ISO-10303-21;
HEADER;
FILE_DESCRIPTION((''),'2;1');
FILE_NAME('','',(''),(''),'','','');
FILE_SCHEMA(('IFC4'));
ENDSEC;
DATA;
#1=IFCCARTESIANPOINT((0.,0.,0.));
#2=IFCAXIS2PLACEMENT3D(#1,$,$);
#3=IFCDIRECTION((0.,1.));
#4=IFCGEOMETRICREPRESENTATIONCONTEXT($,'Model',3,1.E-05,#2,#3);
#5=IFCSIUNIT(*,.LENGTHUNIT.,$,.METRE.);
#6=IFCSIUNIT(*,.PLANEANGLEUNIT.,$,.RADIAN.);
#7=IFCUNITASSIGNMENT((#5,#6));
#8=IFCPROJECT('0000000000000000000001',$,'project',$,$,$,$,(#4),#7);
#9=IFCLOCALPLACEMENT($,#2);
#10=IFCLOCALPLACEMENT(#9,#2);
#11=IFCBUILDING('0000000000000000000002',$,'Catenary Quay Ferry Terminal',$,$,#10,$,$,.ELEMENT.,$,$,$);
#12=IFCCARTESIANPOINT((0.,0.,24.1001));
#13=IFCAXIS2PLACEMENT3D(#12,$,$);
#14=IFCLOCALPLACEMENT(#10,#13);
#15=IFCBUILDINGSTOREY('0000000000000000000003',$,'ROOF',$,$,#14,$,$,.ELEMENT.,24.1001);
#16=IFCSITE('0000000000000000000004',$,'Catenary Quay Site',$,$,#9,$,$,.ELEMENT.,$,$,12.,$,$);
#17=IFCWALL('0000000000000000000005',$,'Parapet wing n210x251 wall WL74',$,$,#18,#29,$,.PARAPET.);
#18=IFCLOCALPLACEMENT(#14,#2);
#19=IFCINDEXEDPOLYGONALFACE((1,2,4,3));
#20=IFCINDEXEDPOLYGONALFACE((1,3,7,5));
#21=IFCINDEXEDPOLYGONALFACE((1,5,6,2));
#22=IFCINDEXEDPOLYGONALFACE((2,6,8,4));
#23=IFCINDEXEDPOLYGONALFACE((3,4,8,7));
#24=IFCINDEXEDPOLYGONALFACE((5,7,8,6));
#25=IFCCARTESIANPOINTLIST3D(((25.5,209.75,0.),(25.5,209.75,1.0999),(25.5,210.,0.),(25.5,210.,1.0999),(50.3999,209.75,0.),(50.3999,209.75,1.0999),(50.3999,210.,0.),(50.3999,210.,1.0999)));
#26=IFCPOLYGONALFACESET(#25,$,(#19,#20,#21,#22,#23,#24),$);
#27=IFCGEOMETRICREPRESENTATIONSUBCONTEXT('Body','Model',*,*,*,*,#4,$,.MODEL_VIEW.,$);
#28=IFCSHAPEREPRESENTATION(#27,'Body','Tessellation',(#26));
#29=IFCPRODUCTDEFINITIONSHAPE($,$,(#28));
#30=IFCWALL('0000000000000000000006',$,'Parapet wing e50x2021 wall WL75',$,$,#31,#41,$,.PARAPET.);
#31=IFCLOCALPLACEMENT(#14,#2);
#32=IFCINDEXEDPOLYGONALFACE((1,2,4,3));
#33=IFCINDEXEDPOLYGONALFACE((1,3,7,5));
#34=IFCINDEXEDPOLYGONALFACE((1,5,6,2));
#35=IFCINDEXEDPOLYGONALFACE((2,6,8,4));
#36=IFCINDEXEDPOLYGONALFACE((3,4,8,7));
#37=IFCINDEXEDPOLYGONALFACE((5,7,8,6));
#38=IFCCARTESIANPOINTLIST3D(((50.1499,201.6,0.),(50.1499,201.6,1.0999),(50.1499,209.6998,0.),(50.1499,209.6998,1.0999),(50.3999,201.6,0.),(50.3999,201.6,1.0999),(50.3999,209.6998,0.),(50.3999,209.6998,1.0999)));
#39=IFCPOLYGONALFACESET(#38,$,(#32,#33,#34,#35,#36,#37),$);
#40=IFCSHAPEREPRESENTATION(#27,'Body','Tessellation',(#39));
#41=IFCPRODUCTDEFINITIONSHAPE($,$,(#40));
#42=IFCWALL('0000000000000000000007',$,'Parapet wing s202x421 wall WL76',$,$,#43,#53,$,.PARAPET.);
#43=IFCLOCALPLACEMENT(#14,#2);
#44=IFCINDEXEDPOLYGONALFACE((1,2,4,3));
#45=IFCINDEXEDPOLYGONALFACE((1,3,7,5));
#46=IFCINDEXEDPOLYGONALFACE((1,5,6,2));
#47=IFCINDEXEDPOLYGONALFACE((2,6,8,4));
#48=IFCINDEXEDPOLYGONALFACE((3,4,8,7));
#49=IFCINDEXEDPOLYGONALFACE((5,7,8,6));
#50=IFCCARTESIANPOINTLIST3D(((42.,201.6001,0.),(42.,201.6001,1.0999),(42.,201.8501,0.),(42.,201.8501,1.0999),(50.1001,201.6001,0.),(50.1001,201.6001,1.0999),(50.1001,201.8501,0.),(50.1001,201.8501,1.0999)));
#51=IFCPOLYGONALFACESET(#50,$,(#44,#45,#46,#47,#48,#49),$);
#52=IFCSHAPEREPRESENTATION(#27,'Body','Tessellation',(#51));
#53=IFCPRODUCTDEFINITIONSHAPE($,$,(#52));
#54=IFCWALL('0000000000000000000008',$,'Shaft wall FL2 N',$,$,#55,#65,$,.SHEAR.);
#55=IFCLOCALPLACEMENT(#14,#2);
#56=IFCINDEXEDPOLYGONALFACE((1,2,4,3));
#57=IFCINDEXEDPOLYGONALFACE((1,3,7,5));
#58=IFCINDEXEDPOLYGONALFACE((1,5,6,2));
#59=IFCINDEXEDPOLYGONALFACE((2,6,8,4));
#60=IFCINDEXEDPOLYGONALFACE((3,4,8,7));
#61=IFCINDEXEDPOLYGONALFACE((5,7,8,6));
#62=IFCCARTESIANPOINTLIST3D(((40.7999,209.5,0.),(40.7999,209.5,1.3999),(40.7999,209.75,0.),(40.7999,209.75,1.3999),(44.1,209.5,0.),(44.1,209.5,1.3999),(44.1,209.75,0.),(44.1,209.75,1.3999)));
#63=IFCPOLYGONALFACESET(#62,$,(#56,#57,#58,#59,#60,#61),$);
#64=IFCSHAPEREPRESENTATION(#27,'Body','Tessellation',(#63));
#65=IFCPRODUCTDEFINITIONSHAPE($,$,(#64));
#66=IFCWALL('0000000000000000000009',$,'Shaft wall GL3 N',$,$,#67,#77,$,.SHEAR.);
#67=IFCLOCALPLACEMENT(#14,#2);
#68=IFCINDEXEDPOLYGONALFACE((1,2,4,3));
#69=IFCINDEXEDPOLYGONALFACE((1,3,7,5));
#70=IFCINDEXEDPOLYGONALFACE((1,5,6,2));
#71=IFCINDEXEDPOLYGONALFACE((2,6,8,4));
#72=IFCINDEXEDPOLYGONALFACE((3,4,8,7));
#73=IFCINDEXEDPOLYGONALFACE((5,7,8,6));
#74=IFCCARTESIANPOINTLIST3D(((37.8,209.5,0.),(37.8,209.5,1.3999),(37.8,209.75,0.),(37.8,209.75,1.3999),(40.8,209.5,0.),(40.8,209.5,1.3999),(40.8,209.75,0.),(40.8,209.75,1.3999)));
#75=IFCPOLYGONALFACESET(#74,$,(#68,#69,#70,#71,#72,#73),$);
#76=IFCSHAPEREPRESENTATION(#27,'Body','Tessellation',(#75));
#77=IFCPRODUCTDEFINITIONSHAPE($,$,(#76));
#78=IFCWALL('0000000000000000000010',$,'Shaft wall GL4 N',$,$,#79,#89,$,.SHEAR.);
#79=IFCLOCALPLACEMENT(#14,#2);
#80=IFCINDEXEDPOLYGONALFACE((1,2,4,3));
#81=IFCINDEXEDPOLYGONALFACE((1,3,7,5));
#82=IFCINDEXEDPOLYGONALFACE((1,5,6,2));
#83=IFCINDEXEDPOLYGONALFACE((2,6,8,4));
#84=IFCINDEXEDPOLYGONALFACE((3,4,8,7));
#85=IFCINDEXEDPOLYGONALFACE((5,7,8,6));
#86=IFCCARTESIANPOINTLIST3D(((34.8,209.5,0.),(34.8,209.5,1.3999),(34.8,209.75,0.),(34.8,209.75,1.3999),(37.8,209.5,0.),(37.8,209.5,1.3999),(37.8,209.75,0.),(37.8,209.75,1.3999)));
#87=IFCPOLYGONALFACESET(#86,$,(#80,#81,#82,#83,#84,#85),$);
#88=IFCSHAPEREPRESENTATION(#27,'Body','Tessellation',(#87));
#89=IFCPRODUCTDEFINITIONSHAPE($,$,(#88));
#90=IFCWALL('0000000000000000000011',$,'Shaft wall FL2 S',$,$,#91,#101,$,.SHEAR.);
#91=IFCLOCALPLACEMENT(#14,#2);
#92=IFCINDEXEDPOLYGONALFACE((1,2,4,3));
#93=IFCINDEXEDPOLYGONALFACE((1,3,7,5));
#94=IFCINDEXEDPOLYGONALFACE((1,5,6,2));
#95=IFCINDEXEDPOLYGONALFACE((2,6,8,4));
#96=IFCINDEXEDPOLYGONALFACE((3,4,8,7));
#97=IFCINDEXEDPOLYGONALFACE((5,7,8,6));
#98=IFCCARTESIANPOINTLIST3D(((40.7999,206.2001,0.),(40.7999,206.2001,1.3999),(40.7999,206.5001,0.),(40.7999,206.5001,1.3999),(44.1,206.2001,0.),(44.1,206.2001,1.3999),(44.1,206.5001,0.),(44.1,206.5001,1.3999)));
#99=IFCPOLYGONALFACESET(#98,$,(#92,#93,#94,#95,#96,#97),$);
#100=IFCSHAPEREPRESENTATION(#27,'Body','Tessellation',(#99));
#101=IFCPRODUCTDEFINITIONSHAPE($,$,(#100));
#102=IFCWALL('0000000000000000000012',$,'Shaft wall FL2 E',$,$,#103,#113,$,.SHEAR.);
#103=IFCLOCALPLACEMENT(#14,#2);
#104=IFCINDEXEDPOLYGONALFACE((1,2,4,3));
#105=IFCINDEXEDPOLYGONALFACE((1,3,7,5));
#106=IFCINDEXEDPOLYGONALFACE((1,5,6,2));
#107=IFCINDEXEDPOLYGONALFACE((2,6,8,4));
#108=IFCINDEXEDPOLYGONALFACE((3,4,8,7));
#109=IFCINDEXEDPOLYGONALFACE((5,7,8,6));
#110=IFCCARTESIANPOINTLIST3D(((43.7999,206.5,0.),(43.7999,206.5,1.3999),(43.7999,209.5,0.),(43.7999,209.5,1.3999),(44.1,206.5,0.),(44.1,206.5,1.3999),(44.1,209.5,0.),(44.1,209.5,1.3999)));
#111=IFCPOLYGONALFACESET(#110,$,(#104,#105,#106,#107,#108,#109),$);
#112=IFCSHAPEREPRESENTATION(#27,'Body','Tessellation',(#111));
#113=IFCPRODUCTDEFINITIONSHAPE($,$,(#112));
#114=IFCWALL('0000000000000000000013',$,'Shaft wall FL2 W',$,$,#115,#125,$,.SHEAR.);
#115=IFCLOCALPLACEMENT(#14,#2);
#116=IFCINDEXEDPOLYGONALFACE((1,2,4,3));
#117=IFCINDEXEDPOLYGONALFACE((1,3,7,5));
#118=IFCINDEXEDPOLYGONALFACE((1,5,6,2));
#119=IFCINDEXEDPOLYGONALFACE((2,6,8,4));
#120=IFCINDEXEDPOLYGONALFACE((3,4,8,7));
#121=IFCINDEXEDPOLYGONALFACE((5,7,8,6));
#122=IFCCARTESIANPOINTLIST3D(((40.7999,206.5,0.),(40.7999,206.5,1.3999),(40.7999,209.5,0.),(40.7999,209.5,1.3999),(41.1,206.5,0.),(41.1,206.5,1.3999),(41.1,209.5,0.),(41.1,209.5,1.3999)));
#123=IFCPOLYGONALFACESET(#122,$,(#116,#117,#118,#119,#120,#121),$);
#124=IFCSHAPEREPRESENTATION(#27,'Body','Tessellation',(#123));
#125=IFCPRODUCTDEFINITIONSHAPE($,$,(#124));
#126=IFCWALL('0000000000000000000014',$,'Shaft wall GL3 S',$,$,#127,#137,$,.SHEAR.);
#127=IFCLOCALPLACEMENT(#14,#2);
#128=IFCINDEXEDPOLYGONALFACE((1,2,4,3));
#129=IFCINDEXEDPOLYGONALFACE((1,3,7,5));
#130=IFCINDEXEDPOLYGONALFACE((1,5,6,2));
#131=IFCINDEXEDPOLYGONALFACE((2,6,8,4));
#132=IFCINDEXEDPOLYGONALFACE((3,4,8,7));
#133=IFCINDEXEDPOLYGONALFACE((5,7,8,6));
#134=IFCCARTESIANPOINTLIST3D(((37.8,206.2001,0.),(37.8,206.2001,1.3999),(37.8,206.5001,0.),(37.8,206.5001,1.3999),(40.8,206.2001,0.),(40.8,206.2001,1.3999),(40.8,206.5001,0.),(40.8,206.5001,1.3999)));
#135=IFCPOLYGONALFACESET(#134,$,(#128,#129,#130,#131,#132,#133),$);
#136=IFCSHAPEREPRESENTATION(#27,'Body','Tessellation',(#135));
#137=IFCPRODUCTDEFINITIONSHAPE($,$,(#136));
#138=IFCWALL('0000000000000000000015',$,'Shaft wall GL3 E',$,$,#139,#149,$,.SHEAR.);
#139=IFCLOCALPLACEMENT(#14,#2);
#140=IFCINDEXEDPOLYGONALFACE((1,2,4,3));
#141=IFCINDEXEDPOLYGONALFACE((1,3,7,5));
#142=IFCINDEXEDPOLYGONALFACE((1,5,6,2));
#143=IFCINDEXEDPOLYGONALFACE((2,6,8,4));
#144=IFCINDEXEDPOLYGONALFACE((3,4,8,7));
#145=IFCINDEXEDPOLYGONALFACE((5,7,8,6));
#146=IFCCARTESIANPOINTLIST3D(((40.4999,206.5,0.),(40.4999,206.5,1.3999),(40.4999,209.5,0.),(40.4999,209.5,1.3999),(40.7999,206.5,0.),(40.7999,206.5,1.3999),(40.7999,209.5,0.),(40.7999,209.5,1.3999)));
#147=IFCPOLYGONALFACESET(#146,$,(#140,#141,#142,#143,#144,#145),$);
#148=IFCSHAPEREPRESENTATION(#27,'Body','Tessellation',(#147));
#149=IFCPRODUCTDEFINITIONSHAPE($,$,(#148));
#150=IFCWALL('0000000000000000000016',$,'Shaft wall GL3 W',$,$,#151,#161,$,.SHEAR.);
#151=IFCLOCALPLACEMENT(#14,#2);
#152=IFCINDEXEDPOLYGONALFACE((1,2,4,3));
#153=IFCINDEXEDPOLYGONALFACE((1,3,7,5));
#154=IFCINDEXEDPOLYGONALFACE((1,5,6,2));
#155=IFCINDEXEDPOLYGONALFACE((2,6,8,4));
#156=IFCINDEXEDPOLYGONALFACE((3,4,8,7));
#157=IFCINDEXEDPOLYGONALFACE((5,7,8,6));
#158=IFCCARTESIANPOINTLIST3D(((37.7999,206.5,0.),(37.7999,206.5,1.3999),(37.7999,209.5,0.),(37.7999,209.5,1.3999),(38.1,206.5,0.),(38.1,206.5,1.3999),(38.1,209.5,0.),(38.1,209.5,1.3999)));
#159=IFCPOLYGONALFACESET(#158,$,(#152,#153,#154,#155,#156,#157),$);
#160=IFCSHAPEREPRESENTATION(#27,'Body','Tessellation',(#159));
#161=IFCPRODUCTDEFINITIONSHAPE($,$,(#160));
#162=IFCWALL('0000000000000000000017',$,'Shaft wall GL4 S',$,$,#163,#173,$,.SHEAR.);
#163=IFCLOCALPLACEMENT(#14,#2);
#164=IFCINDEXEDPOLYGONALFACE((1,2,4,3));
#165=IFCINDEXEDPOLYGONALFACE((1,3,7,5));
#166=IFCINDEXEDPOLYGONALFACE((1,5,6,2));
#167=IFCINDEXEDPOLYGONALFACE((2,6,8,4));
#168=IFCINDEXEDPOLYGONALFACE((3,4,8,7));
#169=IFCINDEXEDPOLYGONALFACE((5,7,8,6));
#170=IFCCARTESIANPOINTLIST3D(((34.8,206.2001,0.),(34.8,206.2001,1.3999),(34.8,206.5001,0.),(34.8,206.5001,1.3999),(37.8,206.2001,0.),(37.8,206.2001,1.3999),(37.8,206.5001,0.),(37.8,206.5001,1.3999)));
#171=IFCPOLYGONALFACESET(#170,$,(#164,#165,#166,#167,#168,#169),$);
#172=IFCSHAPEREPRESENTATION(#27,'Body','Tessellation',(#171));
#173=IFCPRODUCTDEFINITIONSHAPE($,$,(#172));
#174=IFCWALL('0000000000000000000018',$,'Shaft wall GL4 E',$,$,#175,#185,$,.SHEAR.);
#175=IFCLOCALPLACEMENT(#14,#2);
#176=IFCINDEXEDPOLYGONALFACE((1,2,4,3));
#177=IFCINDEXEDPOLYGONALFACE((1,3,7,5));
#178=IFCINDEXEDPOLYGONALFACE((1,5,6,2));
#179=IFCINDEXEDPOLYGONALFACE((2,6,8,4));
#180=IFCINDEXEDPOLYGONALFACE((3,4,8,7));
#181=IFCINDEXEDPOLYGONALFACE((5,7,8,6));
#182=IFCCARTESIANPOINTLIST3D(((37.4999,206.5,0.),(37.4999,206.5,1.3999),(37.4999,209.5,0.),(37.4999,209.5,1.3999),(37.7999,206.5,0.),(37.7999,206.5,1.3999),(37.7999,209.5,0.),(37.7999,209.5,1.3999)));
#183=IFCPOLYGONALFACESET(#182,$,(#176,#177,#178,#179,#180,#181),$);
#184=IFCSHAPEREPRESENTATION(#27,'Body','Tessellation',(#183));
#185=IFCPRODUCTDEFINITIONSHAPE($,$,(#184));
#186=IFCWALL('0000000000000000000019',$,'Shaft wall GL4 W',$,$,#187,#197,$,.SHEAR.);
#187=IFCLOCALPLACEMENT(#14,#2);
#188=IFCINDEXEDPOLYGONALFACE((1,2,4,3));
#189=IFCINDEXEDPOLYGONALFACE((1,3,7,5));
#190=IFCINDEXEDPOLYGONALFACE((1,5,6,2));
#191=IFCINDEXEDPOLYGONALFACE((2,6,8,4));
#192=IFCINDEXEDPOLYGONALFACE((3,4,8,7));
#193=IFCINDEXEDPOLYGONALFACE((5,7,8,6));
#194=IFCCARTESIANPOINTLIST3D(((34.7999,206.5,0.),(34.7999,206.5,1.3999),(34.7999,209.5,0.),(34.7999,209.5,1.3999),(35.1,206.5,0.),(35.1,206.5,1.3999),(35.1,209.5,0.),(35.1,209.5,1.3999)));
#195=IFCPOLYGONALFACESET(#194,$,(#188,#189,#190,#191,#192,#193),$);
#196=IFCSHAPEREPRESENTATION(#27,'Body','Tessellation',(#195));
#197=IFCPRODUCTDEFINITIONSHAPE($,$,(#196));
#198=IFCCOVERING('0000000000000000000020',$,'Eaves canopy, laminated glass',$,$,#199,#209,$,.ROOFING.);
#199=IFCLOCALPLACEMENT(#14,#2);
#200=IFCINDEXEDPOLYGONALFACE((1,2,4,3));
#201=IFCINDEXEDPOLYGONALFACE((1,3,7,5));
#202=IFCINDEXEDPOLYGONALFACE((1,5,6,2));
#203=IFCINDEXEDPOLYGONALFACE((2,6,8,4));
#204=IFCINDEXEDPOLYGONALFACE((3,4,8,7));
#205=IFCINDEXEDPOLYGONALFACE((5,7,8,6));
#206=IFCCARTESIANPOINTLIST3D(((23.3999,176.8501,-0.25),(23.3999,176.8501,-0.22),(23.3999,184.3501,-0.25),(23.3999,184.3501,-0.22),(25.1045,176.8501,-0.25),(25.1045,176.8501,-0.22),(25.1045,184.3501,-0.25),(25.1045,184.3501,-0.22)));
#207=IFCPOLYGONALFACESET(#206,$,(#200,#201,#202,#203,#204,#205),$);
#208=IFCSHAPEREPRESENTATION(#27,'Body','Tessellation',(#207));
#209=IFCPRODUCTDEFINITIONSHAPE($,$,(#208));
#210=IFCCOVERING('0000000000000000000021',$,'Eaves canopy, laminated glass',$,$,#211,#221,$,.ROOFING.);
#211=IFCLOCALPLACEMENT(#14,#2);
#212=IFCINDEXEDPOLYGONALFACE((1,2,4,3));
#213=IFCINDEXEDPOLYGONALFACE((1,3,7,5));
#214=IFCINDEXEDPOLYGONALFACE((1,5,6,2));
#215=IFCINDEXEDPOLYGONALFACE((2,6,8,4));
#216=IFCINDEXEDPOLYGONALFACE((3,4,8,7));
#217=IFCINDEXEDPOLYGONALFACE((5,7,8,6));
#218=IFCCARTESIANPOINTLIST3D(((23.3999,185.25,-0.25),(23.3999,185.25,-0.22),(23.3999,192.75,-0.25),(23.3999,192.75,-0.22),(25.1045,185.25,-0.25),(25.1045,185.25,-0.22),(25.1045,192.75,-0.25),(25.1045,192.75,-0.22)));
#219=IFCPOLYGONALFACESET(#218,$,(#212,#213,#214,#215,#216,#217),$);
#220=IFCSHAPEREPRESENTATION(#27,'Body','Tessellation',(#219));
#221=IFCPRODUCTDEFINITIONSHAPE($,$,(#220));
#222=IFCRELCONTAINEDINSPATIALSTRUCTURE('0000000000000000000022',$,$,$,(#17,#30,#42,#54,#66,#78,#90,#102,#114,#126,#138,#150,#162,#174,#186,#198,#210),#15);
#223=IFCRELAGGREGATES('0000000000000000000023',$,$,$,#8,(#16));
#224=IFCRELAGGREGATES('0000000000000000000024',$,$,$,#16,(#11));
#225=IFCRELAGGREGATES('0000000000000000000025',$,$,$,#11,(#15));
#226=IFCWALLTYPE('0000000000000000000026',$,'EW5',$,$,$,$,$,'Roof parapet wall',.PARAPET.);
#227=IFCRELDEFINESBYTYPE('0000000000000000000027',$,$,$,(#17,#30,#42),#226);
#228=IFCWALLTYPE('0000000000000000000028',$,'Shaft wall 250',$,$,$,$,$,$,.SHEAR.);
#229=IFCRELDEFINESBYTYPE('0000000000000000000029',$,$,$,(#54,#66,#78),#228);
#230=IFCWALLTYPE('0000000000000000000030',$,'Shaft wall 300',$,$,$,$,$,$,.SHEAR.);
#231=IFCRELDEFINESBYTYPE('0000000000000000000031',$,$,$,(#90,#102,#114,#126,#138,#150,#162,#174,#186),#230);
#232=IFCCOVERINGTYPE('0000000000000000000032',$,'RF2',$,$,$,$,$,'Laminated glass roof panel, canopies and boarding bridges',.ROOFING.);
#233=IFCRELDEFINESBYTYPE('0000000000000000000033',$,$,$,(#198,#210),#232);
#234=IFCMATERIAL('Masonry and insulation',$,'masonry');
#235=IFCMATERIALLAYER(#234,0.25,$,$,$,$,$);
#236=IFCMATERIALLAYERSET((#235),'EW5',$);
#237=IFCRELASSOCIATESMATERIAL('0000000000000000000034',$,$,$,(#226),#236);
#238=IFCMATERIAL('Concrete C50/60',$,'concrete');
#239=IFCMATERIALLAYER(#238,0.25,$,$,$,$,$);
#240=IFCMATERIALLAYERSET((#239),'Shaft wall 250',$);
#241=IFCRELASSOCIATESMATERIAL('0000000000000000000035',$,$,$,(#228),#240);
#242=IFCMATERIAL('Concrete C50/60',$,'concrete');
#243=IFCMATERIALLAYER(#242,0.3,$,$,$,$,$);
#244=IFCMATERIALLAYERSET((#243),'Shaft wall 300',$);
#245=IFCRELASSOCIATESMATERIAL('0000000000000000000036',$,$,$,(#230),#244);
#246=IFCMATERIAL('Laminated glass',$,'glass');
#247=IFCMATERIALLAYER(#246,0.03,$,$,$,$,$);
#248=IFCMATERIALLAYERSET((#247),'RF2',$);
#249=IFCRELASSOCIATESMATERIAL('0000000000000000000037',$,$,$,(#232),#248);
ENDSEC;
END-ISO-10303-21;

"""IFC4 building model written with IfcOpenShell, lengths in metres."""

from ifc_helpers import new_model, si_unit, direction, frame, frame_2d, origin, origin_2d, place, context, subcontext, project, spatial, rectangle, extrude, material, layer, layer_set, type_object, element, save


model = new_model("IFC4")

# Units and contexts
model_context = context("Model", 3, precision=1e-05, world=origin(), true_north=direction((0.0, 1.0)))
body_context = subcontext(model_context, "Body", "Model", "MODEL_VIEW")
ifc_project = project(units=[si_unit("LENGTHUNIT", "METRE"), si_unit("PLANEANGLEUNIT", "RADIAN")], contexts=[model_context])

# Site, building, storey
site_placement = place(None, origin())
site = spatial("IfcSite", under=ifc_project, at=site_placement, Name="Catenary Quay Site", CompositionType="ELEMENT", RefElevation=12.0)
building_placement = place(site_placement, origin())
building = spatial("IfcBuilding", under=site, at=building_placement, Name="Catenary Quay Ferry Terminal", CompositionType="ELEMENT")
storey_placement = place(building_placement, frame((0.0, 0.0, 24.1001)))
storey = spatial("IfcBuildingStorey", under=building, at=storey_placement, Name="ROOF", CompositionType="ELEMENT", Elevation=24.1001)

# Walls
ifc_material_1 = material(Name="Masonry and insulation", Category="masonry")
ifc_layer_1 = layer(ifc_material_1, 0.25)
ifc_layer_set_1 = layer_set([ifc_layer_1], Name="EW5")
wall_type_1 = type_object("IfcWallType", Name="EW5", ElementType="Roof parapet wall", PredefinedType="PARAPET", material=ifc_layer_set_1)
wall_1_placement = place(storey_placement, frame((25.5, 209.875, 0.0), z_axis=(0.0, 0.0, 1.0), x_axis=(1.0, 0.0, 0.0)))
element("IfcWall", 1, at=wall_1_placement, inside=storey, type_object=wall_type_1, Name="Parapet wing n210x251 wall WL74", PredefinedType="PARAPET", context=body_context, shape_type="SweptSolid", body=[
    extrude(rectangle(XDim=24.8999, YDim=0.25, at=frame_2d((12.45, 0.0))), origin(), (0.0, 0.0, 1.0), 1.0999),
])
wall_2_placement = place(storey_placement, frame((50.2749, 201.6001, 0.0), z_axis=(0.0, 0.0, 1.0), x_axis=(0.0, 1.0, 0.0)))
element("IfcWall", 2, at=wall_2_placement, inside=storey, type_object=wall_type_1, Name="Parapet wing e50x2021 wall WL75", PredefinedType="PARAPET", context=body_context, shape_type="SweptSolid", body=[
    extrude(rectangle(XDim=8.0999, YDim=0.25, at=frame_2d((4.0498, 0.0))), origin(), (0.0, 0.0, 1.0), 1.0999),
])
wall_3_placement = place(storey_placement, frame((42.0, 201.7251, 0.0), z_axis=(0.0, 0.0, 1.0), x_axis=(1.0, 0.0, 0.0)))
element("IfcWall", 3, at=wall_3_placement, inside=storey, type_object=wall_type_1, Name="Parapet wing s202x421 wall WL76", PredefinedType="PARAPET", context=body_context, shape_type="SweptSolid", body=[
    extrude(rectangle(XDim=8.1001, YDim=0.25, at=frame_2d((4.05, 0.0))), origin(), (0.0, 0.0, 1.0), 1.0999),
])
ifc_material_2 = material(Name="Concrete C50/60", Category="concrete")
ifc_layer_2 = layer(ifc_material_2, 0.25)
ifc_layer_set_2 = layer_set([ifc_layer_2], Name="Shaft wall 250")
wall_type_2 = type_object("IfcWallType", Name="Shaft wall 250", PredefinedType="SHEAR", material=ifc_layer_set_2)
wall_4_placement = place(storey_placement, frame((40.8, 209.625, 0.0), z_axis=(0.0, 0.0, 1.0), x_axis=(1.0, 0.0, 0.0)))
element("IfcWall", 4, at=wall_4_placement, inside=storey, type_object=wall_type_2, Name="Shaft wall FL2 N", PredefinedType="SHEAR", context=body_context, shape_type="SweptSolid", body=[
    extrude(rectangle(XDim=3.3, YDim=0.25, at=frame_2d((1.6499, 0.0))), origin(), (0.0, 0.0, 1.0), 1.3999),
])
for number, where, z_axis, x_axis, name in (
    (5, (37.8, 209.625, 0.0), (0.0, 0.0, 1.0), (1.0, 0.0, 0.0), "Shaft wall GL3 N"),
    (6, (34.8, 209.625, 0.0), (0.0, 0.0, 1.0), (1.0, 0.0, 0.0), "Shaft wall GL4 N"),
):
    element("IfcWall", number, at=place(storey_placement, frame(where, z_axis=z_axis, x_axis=x_axis)), inside=storey, type_object=wall_type_2, Name=name, PredefinedType="SHEAR", context=body_context, shape_type="SweptSolid", body=[
        extrude(rectangle(XDim=3.0, YDim=0.25, at=frame_2d((1.5, 0.0))), origin(), (0.0, 0.0, 1.0), 1.3999),
    ])
ifc_material_3 = material(Name="Concrete C50/60", Category="concrete")
ifc_layer_3 = layer(ifc_material_3, 0.3)
ifc_layer_set_3 = layer_set([ifc_layer_3], Name="Shaft wall 300")
wall_type_3 = type_object("IfcWallType", Name="Shaft wall 300", PredefinedType="SHEAR", material=ifc_layer_set_3)
wall_5_placement = place(storey_placement, frame((40.8, 206.3501, 0.0), z_axis=(0.0, 0.0, 1.0), x_axis=(1.0, 0.0, 0.0)))
element("IfcWall", 7, at=wall_5_placement, inside=storey, type_object=wall_type_3, Name="Shaft wall FL2 S", PredefinedType="SHEAR", context=body_context, shape_type="SweptSolid", body=[
    extrude(rectangle(XDim=3.3, YDim=0.3, at=frame_2d((1.6499, 0.0))), origin(), (0.0, 0.0, 1.0), 1.3999),
])
for number, where, z_axis, x_axis, name in (
    (8, (43.95, 206.5, 0.0), (0.0, 0.0, 1.0), (0.0, 1.0, 0.0), "Shaft wall FL2 E"),
    (9, (40.95, 206.5, 0.0), (0.0, 0.0, 1.0), (0.0, 1.0, 0.0), "Shaft wall FL2 W"),
    (10, (37.8, 206.3501, 0.0), (0.0, 0.0, 1.0), (1.0, 0.0, 0.0), "Shaft wall GL3 S"),
    (11, (40.6499, 206.5, 0.0), (0.0, 0.0, 1.0), (0.0, 1.0, 0.0), "Shaft wall GL3 E"),
    (12, (37.95, 206.5, 0.0), (0.0, 0.0, 1.0), (0.0, 1.0, 0.0), "Shaft wall GL3 W"),
    (13, (34.8, 206.3501, 0.0), (0.0, 0.0, 1.0), (1.0, 0.0, 0.0), "Shaft wall GL4 S"),
    (14, (37.6499, 206.5, 0.0), (0.0, 0.0, 1.0), (0.0, 1.0, 0.0), "Shaft wall GL4 E"),
    (15, (34.95, 206.5, 0.0), (0.0, 0.0, 1.0), (0.0, 1.0, 0.0), "Shaft wall GL4 W"),
):
    element("IfcWall", number, at=place(storey_placement, frame(where, z_axis=z_axis, x_axis=x_axis)), inside=storey, type_object=wall_type_3, Name=name, PredefinedType="SHEAR", context=body_context, shape_type="SweptSolid", body=[
        extrude(rectangle(XDim=3.0, YDim=0.3, at=frame_2d((1.5, 0.0))), origin(), (0.0, 0.0, 1.0), 1.3999),
    ])

# Coverings
ifc_material_4 = material(Name="Laminated glass", Category="glass")
ifc_layer_4 = layer(ifc_material_4, 0.03)
ifc_layer_set_4 = layer_set([ifc_layer_4], Name="RF2")
covering_type = type_object("IfcCoveringType", Name="RF2", ElementType="Laminated glass roof panel, canopies and boarding bridges", PredefinedType="ROOFING", material=ifc_layer_set_4)
for number, where, z_axis, x_axis, name in (
    (16, (24.2522, 180.6001, -0.25), (0.0, 0.0, 1.0), (1.0, 0.0, 0.0), "Eaves canopy, laminated glass"),
    (17, (24.2522, 189.0, -0.25), (0.0, 0.0, 1.0), (1.0, 0.0, 0.0), "Eaves canopy, laminated glass"),
):
    element("IfcCovering", number, at=place(storey_placement, frame(where, z_axis=z_axis, x_axis=x_axis)), inside=storey, type_object=covering_type, Name=name, PredefinedType="ROOFING", context=body_context, shape_type="SweptSolid", body=[
        extrude(rectangle(XDim=1.7046, YDim=7.5, at=origin_2d()), origin(), (0.0, 0.0, 1.0), 0.03),
    ])

save(model, "model.ifc")
